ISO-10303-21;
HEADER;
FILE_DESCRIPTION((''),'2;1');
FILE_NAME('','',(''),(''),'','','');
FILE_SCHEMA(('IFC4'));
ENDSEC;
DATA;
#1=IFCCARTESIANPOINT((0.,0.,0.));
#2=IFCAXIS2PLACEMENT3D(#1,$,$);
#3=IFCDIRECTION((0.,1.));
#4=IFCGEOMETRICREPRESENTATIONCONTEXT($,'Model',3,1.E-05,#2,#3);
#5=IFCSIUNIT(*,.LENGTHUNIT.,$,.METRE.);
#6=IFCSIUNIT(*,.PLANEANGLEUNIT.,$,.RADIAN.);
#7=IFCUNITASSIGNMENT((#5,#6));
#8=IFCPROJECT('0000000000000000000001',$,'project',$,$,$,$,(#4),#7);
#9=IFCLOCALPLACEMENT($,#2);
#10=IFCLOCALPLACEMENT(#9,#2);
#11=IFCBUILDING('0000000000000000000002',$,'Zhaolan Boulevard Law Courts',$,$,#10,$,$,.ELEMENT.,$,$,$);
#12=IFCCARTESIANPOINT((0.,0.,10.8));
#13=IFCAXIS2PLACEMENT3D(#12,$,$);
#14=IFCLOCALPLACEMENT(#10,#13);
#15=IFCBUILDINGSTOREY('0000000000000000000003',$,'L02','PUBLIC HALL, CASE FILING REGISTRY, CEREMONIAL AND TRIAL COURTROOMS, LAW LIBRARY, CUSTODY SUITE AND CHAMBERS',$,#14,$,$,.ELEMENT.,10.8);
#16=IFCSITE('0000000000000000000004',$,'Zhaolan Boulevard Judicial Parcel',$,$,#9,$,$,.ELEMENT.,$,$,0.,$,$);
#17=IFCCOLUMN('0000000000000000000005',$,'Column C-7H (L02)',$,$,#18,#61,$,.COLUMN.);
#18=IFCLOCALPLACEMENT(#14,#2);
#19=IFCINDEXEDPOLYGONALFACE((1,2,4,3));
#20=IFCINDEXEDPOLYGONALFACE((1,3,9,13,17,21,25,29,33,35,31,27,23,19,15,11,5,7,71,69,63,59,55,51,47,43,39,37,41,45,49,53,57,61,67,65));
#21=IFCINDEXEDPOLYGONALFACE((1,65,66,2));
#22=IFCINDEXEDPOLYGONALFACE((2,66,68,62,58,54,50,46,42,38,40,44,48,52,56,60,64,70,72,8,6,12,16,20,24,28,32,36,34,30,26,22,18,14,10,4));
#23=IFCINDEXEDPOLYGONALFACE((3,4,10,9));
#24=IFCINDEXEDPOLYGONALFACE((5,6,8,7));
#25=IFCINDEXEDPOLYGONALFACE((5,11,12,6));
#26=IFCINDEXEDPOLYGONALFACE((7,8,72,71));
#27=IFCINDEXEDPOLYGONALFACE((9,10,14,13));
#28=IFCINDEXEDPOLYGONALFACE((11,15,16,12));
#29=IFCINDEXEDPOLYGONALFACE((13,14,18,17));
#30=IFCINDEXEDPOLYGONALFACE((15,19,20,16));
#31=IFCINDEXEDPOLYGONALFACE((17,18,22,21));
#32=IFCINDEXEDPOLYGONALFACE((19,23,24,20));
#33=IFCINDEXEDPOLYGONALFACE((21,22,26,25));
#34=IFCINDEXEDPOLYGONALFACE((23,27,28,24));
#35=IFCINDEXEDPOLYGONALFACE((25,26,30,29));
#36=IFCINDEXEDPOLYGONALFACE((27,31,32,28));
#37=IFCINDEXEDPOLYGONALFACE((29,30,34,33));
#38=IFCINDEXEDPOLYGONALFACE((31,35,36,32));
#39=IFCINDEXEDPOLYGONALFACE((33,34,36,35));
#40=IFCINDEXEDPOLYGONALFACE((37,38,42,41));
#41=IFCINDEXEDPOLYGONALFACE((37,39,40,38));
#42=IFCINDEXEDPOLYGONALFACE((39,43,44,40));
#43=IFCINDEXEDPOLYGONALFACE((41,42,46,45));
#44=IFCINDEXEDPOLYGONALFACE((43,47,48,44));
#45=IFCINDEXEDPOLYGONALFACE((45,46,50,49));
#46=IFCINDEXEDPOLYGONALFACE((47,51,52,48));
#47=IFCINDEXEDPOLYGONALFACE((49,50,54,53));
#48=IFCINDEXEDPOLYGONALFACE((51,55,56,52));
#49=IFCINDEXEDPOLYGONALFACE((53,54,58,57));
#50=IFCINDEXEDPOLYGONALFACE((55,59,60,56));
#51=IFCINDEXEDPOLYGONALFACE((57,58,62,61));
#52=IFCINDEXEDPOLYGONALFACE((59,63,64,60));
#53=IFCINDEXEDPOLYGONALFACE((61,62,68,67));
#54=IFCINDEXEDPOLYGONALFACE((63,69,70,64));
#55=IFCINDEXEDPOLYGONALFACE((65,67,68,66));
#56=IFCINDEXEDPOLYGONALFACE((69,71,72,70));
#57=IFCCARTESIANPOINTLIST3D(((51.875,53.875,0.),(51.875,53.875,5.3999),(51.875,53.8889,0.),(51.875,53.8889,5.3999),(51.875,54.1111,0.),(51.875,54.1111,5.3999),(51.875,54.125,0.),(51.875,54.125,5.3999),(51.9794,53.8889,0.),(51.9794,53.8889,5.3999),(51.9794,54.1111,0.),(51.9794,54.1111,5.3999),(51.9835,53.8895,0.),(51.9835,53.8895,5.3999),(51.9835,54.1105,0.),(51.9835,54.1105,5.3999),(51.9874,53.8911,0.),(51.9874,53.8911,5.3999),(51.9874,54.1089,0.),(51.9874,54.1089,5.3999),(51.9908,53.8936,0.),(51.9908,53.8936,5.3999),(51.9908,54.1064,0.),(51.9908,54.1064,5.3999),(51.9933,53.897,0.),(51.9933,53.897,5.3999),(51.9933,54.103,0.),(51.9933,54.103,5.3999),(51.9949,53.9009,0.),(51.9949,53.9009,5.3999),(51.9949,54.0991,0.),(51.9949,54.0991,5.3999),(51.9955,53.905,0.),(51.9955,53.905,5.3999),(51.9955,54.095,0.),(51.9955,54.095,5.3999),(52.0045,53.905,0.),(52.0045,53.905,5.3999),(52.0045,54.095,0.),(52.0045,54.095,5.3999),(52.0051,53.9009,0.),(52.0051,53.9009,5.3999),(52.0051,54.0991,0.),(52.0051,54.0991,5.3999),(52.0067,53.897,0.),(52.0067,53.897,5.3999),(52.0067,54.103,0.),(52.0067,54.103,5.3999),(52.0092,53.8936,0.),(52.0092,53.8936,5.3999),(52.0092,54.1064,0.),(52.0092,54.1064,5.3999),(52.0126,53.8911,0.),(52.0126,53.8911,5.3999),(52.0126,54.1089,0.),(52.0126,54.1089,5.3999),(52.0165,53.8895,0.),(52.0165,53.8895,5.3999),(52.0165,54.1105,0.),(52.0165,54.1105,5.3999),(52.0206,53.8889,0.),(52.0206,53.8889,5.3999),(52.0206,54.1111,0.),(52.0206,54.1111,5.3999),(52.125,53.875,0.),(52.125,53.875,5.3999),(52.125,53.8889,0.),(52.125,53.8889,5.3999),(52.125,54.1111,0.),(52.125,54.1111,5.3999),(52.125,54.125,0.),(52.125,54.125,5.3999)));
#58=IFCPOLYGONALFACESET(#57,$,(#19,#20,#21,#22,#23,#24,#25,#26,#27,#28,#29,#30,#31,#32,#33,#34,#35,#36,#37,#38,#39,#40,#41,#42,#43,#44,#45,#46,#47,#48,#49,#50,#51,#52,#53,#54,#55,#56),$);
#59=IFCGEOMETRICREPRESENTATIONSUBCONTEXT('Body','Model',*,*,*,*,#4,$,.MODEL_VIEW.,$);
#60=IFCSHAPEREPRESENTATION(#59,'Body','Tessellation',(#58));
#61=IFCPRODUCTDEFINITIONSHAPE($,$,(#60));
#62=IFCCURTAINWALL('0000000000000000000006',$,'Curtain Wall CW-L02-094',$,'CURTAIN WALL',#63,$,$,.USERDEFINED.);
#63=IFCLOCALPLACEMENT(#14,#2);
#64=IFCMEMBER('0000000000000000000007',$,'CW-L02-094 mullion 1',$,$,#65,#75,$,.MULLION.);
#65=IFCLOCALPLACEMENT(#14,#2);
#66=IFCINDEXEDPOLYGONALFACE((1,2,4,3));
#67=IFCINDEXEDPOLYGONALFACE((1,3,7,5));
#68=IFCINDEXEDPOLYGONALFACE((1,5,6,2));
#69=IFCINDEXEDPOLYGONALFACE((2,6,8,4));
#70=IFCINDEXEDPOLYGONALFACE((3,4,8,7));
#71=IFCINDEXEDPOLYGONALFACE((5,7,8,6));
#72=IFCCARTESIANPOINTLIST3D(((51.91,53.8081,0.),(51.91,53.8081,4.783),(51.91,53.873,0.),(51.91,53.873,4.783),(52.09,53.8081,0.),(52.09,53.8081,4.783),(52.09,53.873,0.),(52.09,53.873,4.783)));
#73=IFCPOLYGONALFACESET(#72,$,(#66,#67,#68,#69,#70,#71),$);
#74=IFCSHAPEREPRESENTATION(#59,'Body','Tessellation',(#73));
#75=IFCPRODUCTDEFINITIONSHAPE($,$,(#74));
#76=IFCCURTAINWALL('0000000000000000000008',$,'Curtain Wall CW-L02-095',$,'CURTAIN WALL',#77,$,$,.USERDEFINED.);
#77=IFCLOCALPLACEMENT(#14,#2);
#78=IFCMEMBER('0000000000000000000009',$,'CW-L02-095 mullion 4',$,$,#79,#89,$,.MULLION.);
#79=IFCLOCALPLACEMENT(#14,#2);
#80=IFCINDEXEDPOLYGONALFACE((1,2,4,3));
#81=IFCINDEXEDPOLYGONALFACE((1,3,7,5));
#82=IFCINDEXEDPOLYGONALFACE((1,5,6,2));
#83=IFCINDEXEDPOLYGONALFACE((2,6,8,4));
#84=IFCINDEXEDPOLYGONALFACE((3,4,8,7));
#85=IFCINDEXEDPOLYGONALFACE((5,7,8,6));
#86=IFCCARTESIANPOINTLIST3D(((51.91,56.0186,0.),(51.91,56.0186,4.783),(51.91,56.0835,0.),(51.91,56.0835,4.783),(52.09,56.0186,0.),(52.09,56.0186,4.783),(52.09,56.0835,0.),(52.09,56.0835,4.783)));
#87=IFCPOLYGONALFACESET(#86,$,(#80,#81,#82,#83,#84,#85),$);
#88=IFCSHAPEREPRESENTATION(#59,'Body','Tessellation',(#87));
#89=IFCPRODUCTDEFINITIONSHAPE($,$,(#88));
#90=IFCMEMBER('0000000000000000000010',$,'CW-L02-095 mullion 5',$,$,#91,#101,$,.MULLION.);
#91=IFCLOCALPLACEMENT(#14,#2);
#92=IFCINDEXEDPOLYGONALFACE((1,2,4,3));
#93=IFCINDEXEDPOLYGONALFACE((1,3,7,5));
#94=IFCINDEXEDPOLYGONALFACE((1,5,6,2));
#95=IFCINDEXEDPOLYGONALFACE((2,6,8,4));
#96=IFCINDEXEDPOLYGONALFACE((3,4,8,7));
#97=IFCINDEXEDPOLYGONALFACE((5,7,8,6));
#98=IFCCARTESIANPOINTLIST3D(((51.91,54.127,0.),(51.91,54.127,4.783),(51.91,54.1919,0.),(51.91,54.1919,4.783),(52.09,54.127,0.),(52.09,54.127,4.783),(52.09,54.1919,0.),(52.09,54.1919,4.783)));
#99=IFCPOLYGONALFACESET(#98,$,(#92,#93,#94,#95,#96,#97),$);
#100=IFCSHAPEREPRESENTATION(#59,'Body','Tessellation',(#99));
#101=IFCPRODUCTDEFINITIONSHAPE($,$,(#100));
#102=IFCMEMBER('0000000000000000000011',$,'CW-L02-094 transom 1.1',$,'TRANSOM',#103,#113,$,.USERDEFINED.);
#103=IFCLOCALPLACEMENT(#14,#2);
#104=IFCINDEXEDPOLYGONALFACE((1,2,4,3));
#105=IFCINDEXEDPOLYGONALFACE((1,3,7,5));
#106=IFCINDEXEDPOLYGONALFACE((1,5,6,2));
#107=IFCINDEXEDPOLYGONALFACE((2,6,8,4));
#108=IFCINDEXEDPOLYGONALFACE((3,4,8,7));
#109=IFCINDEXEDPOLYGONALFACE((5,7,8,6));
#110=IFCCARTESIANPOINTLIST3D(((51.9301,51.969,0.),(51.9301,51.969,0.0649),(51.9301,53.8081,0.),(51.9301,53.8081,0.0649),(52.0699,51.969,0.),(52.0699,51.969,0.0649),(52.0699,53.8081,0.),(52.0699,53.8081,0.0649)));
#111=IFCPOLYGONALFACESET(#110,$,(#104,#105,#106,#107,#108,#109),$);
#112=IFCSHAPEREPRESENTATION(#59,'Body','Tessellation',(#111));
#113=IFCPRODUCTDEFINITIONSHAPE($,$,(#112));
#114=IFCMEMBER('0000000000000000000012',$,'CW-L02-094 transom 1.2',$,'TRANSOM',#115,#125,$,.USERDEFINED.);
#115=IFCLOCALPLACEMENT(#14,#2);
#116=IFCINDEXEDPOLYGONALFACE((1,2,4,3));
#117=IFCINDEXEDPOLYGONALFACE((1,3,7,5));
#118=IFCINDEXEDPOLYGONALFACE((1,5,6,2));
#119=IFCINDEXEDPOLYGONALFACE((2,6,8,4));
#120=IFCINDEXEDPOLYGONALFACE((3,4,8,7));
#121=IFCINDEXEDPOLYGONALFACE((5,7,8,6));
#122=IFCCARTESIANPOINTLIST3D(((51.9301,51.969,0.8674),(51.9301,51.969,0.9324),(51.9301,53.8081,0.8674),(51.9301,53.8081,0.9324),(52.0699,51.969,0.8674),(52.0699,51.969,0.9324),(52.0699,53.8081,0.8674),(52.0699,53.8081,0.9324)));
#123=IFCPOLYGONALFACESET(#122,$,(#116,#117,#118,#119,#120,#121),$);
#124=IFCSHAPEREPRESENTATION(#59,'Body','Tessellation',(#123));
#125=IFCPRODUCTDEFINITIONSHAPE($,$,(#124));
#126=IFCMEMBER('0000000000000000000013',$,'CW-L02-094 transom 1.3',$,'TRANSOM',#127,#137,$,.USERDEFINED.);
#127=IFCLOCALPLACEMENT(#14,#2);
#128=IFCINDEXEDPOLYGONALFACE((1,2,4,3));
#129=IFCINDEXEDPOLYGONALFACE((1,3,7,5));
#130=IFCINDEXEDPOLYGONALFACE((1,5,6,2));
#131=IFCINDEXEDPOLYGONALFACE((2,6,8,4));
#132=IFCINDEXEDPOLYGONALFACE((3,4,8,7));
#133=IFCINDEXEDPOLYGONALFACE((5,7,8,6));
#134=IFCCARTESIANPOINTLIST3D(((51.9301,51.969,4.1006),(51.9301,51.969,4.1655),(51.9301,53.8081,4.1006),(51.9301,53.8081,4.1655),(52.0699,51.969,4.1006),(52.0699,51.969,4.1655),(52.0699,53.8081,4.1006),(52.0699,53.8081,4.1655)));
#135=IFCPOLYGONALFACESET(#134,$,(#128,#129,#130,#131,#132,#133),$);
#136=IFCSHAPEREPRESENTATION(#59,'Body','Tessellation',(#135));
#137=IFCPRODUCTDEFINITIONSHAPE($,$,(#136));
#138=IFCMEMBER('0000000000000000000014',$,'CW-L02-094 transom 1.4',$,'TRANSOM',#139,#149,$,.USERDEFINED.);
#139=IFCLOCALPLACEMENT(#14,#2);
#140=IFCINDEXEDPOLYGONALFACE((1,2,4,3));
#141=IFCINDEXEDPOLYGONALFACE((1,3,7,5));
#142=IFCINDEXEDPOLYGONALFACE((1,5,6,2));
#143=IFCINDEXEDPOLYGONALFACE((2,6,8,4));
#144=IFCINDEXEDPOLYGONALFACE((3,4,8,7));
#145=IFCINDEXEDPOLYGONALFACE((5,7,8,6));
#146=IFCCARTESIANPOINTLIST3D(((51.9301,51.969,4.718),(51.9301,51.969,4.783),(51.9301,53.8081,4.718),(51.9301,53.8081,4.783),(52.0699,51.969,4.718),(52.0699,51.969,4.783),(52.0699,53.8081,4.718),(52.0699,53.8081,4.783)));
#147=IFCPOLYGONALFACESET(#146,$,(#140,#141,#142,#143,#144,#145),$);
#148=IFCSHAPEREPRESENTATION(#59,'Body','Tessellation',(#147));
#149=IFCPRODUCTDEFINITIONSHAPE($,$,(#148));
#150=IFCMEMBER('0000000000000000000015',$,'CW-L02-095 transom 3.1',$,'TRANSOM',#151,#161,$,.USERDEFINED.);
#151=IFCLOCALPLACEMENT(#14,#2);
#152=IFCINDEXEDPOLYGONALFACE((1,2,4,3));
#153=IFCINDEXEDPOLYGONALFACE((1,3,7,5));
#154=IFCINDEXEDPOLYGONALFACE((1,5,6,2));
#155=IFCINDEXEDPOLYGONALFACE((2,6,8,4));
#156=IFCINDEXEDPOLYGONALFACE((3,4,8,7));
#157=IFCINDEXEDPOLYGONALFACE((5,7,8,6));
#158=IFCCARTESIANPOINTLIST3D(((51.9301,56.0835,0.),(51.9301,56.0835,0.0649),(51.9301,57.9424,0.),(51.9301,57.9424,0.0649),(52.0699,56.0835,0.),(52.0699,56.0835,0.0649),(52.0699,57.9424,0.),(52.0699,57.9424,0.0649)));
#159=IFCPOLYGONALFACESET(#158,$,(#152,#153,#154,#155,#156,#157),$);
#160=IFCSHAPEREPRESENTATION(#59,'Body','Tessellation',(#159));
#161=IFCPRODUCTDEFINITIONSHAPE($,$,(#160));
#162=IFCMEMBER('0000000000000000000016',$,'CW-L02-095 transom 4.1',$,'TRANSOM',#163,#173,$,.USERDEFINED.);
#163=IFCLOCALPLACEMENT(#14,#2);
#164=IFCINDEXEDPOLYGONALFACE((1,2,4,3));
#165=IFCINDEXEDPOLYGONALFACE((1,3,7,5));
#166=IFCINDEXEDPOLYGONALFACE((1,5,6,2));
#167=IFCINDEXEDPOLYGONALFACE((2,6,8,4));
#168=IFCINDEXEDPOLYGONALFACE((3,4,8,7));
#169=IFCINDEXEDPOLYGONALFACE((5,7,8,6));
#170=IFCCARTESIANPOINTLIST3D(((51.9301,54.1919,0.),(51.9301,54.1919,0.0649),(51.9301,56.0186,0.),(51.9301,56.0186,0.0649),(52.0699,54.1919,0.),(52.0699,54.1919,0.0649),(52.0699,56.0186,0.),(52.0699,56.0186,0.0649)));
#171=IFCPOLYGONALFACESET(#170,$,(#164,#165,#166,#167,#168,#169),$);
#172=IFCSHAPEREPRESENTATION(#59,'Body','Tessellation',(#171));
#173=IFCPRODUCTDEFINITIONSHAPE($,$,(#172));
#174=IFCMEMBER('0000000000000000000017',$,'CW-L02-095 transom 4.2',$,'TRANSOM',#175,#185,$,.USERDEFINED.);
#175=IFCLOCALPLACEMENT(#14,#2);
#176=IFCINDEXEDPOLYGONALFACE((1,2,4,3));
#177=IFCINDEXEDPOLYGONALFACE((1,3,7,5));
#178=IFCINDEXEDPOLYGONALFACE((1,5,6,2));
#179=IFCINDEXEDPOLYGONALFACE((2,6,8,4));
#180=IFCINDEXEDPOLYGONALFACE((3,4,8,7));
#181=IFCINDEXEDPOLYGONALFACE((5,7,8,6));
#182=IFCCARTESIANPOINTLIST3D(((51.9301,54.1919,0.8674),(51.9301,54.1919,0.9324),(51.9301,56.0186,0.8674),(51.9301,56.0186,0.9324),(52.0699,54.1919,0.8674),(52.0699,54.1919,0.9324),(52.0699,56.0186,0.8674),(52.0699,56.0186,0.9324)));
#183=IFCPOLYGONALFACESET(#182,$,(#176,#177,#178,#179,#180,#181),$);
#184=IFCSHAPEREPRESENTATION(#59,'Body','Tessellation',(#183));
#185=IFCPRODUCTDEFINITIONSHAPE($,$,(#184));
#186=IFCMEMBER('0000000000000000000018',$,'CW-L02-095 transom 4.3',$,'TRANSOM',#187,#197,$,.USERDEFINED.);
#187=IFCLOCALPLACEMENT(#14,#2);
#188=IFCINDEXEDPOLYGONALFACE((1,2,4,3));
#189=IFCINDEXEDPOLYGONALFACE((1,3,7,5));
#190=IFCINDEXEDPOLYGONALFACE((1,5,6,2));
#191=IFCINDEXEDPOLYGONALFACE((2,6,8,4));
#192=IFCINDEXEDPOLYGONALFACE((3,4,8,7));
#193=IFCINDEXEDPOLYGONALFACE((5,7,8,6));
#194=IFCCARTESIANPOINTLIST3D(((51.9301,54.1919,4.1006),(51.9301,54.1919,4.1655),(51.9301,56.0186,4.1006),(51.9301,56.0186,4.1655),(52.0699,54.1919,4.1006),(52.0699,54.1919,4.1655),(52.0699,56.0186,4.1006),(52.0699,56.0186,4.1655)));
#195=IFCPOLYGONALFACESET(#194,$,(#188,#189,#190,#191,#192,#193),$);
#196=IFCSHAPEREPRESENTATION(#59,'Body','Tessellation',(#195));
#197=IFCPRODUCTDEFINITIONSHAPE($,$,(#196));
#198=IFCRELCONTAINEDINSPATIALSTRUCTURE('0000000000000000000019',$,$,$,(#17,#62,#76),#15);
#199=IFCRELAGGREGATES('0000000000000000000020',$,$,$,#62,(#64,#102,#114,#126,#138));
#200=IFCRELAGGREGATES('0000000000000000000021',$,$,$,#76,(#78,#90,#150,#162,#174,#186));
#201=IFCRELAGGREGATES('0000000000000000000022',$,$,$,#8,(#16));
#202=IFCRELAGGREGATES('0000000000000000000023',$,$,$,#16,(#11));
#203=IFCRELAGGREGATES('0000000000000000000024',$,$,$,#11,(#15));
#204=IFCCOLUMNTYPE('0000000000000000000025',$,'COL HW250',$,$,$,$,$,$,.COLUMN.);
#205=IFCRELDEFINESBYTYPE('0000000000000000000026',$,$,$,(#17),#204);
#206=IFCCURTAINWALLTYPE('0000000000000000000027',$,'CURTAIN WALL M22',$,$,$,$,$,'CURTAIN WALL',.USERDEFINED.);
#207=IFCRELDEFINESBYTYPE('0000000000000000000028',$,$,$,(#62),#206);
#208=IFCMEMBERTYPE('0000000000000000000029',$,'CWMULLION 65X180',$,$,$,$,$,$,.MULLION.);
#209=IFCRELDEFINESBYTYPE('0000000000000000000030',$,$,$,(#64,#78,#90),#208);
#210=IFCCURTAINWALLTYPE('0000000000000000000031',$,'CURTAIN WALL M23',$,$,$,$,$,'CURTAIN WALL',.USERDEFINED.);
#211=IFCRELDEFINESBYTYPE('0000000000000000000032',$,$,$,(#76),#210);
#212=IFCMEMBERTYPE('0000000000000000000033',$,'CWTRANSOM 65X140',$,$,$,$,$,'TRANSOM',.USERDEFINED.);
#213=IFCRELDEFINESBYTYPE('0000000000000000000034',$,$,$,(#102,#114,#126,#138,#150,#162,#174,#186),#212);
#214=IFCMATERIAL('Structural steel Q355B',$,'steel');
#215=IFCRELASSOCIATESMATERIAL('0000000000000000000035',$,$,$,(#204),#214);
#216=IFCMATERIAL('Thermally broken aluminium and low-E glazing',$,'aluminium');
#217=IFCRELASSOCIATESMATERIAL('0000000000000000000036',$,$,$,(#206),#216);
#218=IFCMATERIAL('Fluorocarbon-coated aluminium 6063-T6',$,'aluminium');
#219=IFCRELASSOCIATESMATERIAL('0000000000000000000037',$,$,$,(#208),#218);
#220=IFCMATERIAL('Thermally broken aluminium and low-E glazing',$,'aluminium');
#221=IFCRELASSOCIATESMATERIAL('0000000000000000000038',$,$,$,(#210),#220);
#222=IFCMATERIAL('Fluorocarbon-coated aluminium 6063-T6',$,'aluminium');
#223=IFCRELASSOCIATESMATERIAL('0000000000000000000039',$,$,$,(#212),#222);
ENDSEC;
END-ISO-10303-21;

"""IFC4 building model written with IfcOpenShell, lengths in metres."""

from ifc_helpers import new_model, si_unit, direction, frame, origin, origin_2d, place, context, subcontext, project, spatial, rectangle, i_section, extrude, material, material_profile, profile_set, type_object, element, aggregate, save


model = new_model("IFC4")

# Units and contexts
model_context = context("Model", 3, precision=1e-05, world=origin(), true_north=direction((0.0, 1.0)))
body_context = subcontext(model_context, "Body", "Model", "MODEL_VIEW")
ifc_project = project(units=[si_unit("LENGTHUNIT", "METRE"), si_unit("PLANEANGLEUNIT", "RADIAN")], contexts=[model_context])

# Site, building, storey
site_placement = place(None, origin())
site = spatial("IfcSite", under=ifc_project, at=site_placement, Name="Zhaolan Boulevard Judicial Parcel", CompositionType="ELEMENT", RefElevation=0.0)
building_placement = place(site_placement, origin())
building = spatial("IfcBuilding", under=site, at=building_placement, Name="Zhaolan Boulevard Law Courts", CompositionType="ELEMENT")
storey_placement = place(building_placement, frame((0.0, 0.0, 10.8)))
storey = spatial("IfcBuildingStorey", under=building, at=storey_placement, Name="L02", Description="PUBLIC HALL, CASE FILING REGISTRY, CEREMONIAL AND TRIAL COURTROOMS, LAW LIBRARY, CUSTODY SUITE AND CHAMBERS", CompositionType="ELEMENT", Elevation=10.8)

# Column
ifc_material_1 = material(Name="Structural steel Q355B", Category="steel")
ifc_material_profile_1 = material_profile(ifc_material_1, i_section(OverallWidth=0.25, OverallDepth=0.25, WebThickness=0.009, FlangeThickness=0.0139, FilletRadius=0.0161, at=origin_2d()), Name="HW250x250")
ifc_profile_set_1 = profile_set([ifc_material_profile_1], Name="Structural steel Q355B")
column_type = type_object("IfcColumnType", Name="COL HW250", PredefinedType="COLUMN", material=ifc_profile_set_1)
column_placement = place(storey_placement, frame((52.0, 54.0, 0.0), z_axis=(0.0, 0.0, 1.0), x_axis=(1.0, 0.0, 0.0)))
element("IfcColumn", 1, at=column_placement, inside=storey, type_object=column_type, Name="Column C-7H (L02)", PredefinedType="COLUMN", context=body_context, shape_type="SweptSolid", body=[
    extrude(i_section(OverallWidth=0.25, OverallDepth=0.25, WebThickness=0.009, FlangeThickness=0.0139, FilletRadius=0.0161, at=origin_2d()), origin(), (0.0, 0.0, 1.0), 5.3999),
])

# Curtain wall, member
ifc_material_2 = material(Name="Thermally broken aluminium and low-E glazing", Category="aluminium")
curtain_wall_type_1 = type_object("IfcCurtainWallType", Name="CURTAIN WALL M22", ElementType="CURTAIN WALL", PredefinedType="USERDEFINED", material=ifc_material_2)
curtain_wall_1_placement = place(storey_placement, origin())
curtain_wall_1 = element("IfcCurtainWall", 2, at=curtain_wall_1_placement, inside=storey, type_object=curtain_wall_type_1, Name="Curtain Wall CW-L02-094", ObjectType="CURTAIN WALL", PredefinedType="USERDEFINED")
ifc_material_3 = material(Name="Fluorocarbon-coated aluminium 6063-T6", Category="aluminium")
ifc_material_profile_2 = material_profile(ifc_material_3, rectangle(XDim=0.1799, YDim=0.0649, at=origin_2d()), Name="AL65x180")
ifc_profile_set_2 = profile_set([ifc_material_profile_2], Name="Fluorocarbon-coated aluminium 6063-T6")
member_type_1 = type_object("IfcMemberType", Name="CWMULLION 65X180", PredefinedType="MULLION", material=ifc_profile_set_2)
member_1_placement = place(storey_placement, frame((52.0, 53.8406, 0.0), z_axis=(0.0, 0.0, 1.0), x_axis=(1.0, 0.0, 0.0)))
member_1 = element("IfcMember", 3, at=member_1_placement, type_object=member_type_1, Name="CW-L02-094 mullion 1", PredefinedType="MULLION", context=body_context, shape_type="SweptSolid", body=[
    extrude(rectangle(XDim=0.1799, YDim=0.0649, at=origin_2d()), origin(), (0.0, 0.0, 1.0), 4.783),
])

# Curtain wall, members
ifc_material_4 = material(Name="Thermally broken aluminium and low-E glazing", Category="aluminium")
curtain_wall_type_2 = type_object("IfcCurtainWallType", Name="CURTAIN WALL M23", ElementType="CURTAIN WALL", PredefinedType="USERDEFINED", material=ifc_material_4)
curtain_wall_2_placement = place(storey_placement, origin())
curtain_wall_2 = element("IfcCurtainWall", 4, at=curtain_wall_2_placement, inside=storey, type_object=curtain_wall_type_2, Name="Curtain Wall CW-L02-095", ObjectType="CURTAIN WALL", PredefinedType="USERDEFINED")
member_2_placement = place(storey_placement, frame((52.0, 56.051, 0.0), z_axis=(0.0, 0.0, 1.0), x_axis=(1.0, 0.0, 0.0)))
member_2 = element("IfcMember", 5, at=member_2_placement, type_object=member_type_1, Name="CW-L02-095 mullion 4", PredefinedType="MULLION", context=body_context, shape_type="SweptSolid", body=[
    extrude(rectangle(XDim=0.1799, YDim=0.0649, at=origin_2d()), origin(), (0.0, 0.0, 1.0), 4.783),
])
member_3_placement = place(storey_placement, frame((52.0, 54.1594, 0.0), z_axis=(0.0, 0.0, 1.0), x_axis=(1.0, 0.0, 0.0)))
member_3 = element("IfcMember", 6, at=member_3_placement, type_object=member_type_1, Name="CW-L02-095 mullion 5", PredefinedType="MULLION", context=body_context, shape_type="SweptSolid", body=[
    extrude(rectangle(XDim=0.1799, YDim=0.0649, at=origin_2d()), origin(), (0.0, 0.0, 1.0), 4.783),
])

# Members
ifc_material_5 = material(Name="Fluorocarbon-coated aluminium 6063-T6", Category="aluminium")
ifc_material_profile_3 = material_profile(ifc_material_5, rectangle(XDim=0.1399, YDim=0.0649, at=origin_2d()), Name="AL65x140")
ifc_profile_set_3 = profile_set([ifc_material_profile_3], Name="Fluorocarbon-coated aluminium 6063-T6")
member_type_2 = type_object("IfcMemberType", Name="CWTRANSOM 65X140", ElementType="TRANSOM", PredefinedType="USERDEFINED", material=ifc_profile_set_3)
member_4_placement = place(storey_placement, frame((52.0, 53.8081, 0.0325), z_axis=(0.0, -1.0, 0.0), x_axis=(1.0, 0.0, 0.0)))
member_4 = element("IfcMember", 7, at=member_4_placement, type_object=member_type_2, Name="CW-L02-094 transom 1.1", ObjectType="TRANSOM", PredefinedType="USERDEFINED", context=body_context, shape_type="SweptSolid", body=[
    extrude(rectangle(XDim=0.1399, YDim=0.0649, at=origin_2d()), origin(), (0.0, 0.0, 1.0), 1.8391),
])
member_5_placement = place(storey_placement, frame((52.0, 53.8081, 0.8999), z_axis=(0.0, -1.0, 0.0), x_axis=(1.0, 0.0, 0.0)))
member_5 = element("IfcMember", 8, at=member_5_placement, type_object=member_type_2, Name="CW-L02-094 transom 1.2", ObjectType="TRANSOM", PredefinedType="USERDEFINED", context=body_context, shape_type="SweptSolid", body=[
    extrude(rectangle(XDim=0.1399, YDim=0.0649, at=origin_2d()), origin(), (0.0, 0.0, 1.0), 1.8391),
])
member_6_placement = place(storey_placement, frame((52.0, 53.8081, 4.1331), z_axis=(0.0, -1.0, 0.0), x_axis=(1.0, 0.0, 0.0)))
member_6 = element("IfcMember", 9, at=member_6_placement, type_object=member_type_2, Name="CW-L02-094 transom 1.3", ObjectType="TRANSOM", PredefinedType="USERDEFINED", context=body_context, shape_type="SweptSolid", body=[
    extrude(rectangle(XDim=0.1399, YDim=0.0649, at=origin_2d()), origin(), (0.0, 0.0, 1.0), 1.8391),
])
member_7_placement = place(storey_placement, frame((52.0, 53.8081, 4.7505), z_axis=(0.0, -1.0, 0.0), x_axis=(1.0, 0.0, 0.0)))
member_7 = element("IfcMember", 10, at=member_7_placement, type_object=member_type_2, Name="CW-L02-094 transom 1.4", ObjectType="TRANSOM", PredefinedType="USERDEFINED", context=body_context, shape_type="SweptSolid", body=[
    extrude(rectangle(XDim=0.1399, YDim=0.0649, at=origin_2d()), origin(), (0.0, 0.0, 1.0), 1.8391),
])
member_8_placement = place(storey_placement, frame((52.0, 57.9424, 0.0325), z_axis=(0.0, -1.0, 0.0), x_axis=(1.0, 0.0, 0.0)))
member_8 = element("IfcMember", 11, at=member_8_placement, type_object=member_type_2, Name="CW-L02-095 transom 3.1", ObjectType="TRANSOM", PredefinedType="USERDEFINED", context=body_context, shape_type="SweptSolid", body=[
    extrude(rectangle(XDim=0.1399, YDim=0.0649, at=origin_2d()), origin(), (0.0, 0.0, 1.0), 1.8589),
])
member_9_placement = place(storey_placement, frame((52.0, 56.0186, 0.0325), z_axis=(0.0, -1.0, 0.0), x_axis=(1.0, 0.0, 0.0)))
member_9 = element("IfcMember", 12, at=member_9_placement, type_object=member_type_2, Name="CW-L02-095 transom 4.1", ObjectType="TRANSOM", PredefinedType="USERDEFINED", context=body_context, shape_type="SweptSolid", body=[
    extrude(rectangle(XDim=0.1399, YDim=0.0649, at=origin_2d()), origin(), (0.0, 0.0, 1.0), 1.8267),
])
member_10_placement = place(storey_placement, frame((52.0, 56.0186, 0.8999), z_axis=(0.0, -1.0, 0.0), x_axis=(1.0, 0.0, 0.0)))
member_10 = element("IfcMember", 13, at=member_10_placement, type_object=member_type_2, Name="CW-L02-095 transom 4.2", ObjectType="TRANSOM", PredefinedType="USERDEFINED", context=body_context, shape_type="SweptSolid", body=[
    extrude(rectangle(XDim=0.1399, YDim=0.0649, at=origin_2d()), origin(), (0.0, 0.0, 1.0), 1.8267),
])
member_11_placement = place(storey_placement, frame((52.0, 56.0186, 4.1331), z_axis=(0.0, -1.0, 0.0), x_axis=(1.0, 0.0, 0.0)))
member_11 = element("IfcMember", 14, at=member_11_placement, type_object=member_type_2, Name="CW-L02-095 transom 4.3", ObjectType="TRANSOM", PredefinedType="USERDEFINED", context=body_context, shape_type="SweptSolid", body=[
    extrude(rectangle(XDim=0.1399, YDim=0.0649, at=origin_2d()), origin(), (0.0, 0.0, 1.0), 1.8267),
])

aggregate(curtain_wall_1, [member_1, member_4, member_5, member_6, member_7])
aggregate(curtain_wall_2, [member_2, member_3, member_8, member_9, member_10, member_11])

save(model, "model.ifc")
